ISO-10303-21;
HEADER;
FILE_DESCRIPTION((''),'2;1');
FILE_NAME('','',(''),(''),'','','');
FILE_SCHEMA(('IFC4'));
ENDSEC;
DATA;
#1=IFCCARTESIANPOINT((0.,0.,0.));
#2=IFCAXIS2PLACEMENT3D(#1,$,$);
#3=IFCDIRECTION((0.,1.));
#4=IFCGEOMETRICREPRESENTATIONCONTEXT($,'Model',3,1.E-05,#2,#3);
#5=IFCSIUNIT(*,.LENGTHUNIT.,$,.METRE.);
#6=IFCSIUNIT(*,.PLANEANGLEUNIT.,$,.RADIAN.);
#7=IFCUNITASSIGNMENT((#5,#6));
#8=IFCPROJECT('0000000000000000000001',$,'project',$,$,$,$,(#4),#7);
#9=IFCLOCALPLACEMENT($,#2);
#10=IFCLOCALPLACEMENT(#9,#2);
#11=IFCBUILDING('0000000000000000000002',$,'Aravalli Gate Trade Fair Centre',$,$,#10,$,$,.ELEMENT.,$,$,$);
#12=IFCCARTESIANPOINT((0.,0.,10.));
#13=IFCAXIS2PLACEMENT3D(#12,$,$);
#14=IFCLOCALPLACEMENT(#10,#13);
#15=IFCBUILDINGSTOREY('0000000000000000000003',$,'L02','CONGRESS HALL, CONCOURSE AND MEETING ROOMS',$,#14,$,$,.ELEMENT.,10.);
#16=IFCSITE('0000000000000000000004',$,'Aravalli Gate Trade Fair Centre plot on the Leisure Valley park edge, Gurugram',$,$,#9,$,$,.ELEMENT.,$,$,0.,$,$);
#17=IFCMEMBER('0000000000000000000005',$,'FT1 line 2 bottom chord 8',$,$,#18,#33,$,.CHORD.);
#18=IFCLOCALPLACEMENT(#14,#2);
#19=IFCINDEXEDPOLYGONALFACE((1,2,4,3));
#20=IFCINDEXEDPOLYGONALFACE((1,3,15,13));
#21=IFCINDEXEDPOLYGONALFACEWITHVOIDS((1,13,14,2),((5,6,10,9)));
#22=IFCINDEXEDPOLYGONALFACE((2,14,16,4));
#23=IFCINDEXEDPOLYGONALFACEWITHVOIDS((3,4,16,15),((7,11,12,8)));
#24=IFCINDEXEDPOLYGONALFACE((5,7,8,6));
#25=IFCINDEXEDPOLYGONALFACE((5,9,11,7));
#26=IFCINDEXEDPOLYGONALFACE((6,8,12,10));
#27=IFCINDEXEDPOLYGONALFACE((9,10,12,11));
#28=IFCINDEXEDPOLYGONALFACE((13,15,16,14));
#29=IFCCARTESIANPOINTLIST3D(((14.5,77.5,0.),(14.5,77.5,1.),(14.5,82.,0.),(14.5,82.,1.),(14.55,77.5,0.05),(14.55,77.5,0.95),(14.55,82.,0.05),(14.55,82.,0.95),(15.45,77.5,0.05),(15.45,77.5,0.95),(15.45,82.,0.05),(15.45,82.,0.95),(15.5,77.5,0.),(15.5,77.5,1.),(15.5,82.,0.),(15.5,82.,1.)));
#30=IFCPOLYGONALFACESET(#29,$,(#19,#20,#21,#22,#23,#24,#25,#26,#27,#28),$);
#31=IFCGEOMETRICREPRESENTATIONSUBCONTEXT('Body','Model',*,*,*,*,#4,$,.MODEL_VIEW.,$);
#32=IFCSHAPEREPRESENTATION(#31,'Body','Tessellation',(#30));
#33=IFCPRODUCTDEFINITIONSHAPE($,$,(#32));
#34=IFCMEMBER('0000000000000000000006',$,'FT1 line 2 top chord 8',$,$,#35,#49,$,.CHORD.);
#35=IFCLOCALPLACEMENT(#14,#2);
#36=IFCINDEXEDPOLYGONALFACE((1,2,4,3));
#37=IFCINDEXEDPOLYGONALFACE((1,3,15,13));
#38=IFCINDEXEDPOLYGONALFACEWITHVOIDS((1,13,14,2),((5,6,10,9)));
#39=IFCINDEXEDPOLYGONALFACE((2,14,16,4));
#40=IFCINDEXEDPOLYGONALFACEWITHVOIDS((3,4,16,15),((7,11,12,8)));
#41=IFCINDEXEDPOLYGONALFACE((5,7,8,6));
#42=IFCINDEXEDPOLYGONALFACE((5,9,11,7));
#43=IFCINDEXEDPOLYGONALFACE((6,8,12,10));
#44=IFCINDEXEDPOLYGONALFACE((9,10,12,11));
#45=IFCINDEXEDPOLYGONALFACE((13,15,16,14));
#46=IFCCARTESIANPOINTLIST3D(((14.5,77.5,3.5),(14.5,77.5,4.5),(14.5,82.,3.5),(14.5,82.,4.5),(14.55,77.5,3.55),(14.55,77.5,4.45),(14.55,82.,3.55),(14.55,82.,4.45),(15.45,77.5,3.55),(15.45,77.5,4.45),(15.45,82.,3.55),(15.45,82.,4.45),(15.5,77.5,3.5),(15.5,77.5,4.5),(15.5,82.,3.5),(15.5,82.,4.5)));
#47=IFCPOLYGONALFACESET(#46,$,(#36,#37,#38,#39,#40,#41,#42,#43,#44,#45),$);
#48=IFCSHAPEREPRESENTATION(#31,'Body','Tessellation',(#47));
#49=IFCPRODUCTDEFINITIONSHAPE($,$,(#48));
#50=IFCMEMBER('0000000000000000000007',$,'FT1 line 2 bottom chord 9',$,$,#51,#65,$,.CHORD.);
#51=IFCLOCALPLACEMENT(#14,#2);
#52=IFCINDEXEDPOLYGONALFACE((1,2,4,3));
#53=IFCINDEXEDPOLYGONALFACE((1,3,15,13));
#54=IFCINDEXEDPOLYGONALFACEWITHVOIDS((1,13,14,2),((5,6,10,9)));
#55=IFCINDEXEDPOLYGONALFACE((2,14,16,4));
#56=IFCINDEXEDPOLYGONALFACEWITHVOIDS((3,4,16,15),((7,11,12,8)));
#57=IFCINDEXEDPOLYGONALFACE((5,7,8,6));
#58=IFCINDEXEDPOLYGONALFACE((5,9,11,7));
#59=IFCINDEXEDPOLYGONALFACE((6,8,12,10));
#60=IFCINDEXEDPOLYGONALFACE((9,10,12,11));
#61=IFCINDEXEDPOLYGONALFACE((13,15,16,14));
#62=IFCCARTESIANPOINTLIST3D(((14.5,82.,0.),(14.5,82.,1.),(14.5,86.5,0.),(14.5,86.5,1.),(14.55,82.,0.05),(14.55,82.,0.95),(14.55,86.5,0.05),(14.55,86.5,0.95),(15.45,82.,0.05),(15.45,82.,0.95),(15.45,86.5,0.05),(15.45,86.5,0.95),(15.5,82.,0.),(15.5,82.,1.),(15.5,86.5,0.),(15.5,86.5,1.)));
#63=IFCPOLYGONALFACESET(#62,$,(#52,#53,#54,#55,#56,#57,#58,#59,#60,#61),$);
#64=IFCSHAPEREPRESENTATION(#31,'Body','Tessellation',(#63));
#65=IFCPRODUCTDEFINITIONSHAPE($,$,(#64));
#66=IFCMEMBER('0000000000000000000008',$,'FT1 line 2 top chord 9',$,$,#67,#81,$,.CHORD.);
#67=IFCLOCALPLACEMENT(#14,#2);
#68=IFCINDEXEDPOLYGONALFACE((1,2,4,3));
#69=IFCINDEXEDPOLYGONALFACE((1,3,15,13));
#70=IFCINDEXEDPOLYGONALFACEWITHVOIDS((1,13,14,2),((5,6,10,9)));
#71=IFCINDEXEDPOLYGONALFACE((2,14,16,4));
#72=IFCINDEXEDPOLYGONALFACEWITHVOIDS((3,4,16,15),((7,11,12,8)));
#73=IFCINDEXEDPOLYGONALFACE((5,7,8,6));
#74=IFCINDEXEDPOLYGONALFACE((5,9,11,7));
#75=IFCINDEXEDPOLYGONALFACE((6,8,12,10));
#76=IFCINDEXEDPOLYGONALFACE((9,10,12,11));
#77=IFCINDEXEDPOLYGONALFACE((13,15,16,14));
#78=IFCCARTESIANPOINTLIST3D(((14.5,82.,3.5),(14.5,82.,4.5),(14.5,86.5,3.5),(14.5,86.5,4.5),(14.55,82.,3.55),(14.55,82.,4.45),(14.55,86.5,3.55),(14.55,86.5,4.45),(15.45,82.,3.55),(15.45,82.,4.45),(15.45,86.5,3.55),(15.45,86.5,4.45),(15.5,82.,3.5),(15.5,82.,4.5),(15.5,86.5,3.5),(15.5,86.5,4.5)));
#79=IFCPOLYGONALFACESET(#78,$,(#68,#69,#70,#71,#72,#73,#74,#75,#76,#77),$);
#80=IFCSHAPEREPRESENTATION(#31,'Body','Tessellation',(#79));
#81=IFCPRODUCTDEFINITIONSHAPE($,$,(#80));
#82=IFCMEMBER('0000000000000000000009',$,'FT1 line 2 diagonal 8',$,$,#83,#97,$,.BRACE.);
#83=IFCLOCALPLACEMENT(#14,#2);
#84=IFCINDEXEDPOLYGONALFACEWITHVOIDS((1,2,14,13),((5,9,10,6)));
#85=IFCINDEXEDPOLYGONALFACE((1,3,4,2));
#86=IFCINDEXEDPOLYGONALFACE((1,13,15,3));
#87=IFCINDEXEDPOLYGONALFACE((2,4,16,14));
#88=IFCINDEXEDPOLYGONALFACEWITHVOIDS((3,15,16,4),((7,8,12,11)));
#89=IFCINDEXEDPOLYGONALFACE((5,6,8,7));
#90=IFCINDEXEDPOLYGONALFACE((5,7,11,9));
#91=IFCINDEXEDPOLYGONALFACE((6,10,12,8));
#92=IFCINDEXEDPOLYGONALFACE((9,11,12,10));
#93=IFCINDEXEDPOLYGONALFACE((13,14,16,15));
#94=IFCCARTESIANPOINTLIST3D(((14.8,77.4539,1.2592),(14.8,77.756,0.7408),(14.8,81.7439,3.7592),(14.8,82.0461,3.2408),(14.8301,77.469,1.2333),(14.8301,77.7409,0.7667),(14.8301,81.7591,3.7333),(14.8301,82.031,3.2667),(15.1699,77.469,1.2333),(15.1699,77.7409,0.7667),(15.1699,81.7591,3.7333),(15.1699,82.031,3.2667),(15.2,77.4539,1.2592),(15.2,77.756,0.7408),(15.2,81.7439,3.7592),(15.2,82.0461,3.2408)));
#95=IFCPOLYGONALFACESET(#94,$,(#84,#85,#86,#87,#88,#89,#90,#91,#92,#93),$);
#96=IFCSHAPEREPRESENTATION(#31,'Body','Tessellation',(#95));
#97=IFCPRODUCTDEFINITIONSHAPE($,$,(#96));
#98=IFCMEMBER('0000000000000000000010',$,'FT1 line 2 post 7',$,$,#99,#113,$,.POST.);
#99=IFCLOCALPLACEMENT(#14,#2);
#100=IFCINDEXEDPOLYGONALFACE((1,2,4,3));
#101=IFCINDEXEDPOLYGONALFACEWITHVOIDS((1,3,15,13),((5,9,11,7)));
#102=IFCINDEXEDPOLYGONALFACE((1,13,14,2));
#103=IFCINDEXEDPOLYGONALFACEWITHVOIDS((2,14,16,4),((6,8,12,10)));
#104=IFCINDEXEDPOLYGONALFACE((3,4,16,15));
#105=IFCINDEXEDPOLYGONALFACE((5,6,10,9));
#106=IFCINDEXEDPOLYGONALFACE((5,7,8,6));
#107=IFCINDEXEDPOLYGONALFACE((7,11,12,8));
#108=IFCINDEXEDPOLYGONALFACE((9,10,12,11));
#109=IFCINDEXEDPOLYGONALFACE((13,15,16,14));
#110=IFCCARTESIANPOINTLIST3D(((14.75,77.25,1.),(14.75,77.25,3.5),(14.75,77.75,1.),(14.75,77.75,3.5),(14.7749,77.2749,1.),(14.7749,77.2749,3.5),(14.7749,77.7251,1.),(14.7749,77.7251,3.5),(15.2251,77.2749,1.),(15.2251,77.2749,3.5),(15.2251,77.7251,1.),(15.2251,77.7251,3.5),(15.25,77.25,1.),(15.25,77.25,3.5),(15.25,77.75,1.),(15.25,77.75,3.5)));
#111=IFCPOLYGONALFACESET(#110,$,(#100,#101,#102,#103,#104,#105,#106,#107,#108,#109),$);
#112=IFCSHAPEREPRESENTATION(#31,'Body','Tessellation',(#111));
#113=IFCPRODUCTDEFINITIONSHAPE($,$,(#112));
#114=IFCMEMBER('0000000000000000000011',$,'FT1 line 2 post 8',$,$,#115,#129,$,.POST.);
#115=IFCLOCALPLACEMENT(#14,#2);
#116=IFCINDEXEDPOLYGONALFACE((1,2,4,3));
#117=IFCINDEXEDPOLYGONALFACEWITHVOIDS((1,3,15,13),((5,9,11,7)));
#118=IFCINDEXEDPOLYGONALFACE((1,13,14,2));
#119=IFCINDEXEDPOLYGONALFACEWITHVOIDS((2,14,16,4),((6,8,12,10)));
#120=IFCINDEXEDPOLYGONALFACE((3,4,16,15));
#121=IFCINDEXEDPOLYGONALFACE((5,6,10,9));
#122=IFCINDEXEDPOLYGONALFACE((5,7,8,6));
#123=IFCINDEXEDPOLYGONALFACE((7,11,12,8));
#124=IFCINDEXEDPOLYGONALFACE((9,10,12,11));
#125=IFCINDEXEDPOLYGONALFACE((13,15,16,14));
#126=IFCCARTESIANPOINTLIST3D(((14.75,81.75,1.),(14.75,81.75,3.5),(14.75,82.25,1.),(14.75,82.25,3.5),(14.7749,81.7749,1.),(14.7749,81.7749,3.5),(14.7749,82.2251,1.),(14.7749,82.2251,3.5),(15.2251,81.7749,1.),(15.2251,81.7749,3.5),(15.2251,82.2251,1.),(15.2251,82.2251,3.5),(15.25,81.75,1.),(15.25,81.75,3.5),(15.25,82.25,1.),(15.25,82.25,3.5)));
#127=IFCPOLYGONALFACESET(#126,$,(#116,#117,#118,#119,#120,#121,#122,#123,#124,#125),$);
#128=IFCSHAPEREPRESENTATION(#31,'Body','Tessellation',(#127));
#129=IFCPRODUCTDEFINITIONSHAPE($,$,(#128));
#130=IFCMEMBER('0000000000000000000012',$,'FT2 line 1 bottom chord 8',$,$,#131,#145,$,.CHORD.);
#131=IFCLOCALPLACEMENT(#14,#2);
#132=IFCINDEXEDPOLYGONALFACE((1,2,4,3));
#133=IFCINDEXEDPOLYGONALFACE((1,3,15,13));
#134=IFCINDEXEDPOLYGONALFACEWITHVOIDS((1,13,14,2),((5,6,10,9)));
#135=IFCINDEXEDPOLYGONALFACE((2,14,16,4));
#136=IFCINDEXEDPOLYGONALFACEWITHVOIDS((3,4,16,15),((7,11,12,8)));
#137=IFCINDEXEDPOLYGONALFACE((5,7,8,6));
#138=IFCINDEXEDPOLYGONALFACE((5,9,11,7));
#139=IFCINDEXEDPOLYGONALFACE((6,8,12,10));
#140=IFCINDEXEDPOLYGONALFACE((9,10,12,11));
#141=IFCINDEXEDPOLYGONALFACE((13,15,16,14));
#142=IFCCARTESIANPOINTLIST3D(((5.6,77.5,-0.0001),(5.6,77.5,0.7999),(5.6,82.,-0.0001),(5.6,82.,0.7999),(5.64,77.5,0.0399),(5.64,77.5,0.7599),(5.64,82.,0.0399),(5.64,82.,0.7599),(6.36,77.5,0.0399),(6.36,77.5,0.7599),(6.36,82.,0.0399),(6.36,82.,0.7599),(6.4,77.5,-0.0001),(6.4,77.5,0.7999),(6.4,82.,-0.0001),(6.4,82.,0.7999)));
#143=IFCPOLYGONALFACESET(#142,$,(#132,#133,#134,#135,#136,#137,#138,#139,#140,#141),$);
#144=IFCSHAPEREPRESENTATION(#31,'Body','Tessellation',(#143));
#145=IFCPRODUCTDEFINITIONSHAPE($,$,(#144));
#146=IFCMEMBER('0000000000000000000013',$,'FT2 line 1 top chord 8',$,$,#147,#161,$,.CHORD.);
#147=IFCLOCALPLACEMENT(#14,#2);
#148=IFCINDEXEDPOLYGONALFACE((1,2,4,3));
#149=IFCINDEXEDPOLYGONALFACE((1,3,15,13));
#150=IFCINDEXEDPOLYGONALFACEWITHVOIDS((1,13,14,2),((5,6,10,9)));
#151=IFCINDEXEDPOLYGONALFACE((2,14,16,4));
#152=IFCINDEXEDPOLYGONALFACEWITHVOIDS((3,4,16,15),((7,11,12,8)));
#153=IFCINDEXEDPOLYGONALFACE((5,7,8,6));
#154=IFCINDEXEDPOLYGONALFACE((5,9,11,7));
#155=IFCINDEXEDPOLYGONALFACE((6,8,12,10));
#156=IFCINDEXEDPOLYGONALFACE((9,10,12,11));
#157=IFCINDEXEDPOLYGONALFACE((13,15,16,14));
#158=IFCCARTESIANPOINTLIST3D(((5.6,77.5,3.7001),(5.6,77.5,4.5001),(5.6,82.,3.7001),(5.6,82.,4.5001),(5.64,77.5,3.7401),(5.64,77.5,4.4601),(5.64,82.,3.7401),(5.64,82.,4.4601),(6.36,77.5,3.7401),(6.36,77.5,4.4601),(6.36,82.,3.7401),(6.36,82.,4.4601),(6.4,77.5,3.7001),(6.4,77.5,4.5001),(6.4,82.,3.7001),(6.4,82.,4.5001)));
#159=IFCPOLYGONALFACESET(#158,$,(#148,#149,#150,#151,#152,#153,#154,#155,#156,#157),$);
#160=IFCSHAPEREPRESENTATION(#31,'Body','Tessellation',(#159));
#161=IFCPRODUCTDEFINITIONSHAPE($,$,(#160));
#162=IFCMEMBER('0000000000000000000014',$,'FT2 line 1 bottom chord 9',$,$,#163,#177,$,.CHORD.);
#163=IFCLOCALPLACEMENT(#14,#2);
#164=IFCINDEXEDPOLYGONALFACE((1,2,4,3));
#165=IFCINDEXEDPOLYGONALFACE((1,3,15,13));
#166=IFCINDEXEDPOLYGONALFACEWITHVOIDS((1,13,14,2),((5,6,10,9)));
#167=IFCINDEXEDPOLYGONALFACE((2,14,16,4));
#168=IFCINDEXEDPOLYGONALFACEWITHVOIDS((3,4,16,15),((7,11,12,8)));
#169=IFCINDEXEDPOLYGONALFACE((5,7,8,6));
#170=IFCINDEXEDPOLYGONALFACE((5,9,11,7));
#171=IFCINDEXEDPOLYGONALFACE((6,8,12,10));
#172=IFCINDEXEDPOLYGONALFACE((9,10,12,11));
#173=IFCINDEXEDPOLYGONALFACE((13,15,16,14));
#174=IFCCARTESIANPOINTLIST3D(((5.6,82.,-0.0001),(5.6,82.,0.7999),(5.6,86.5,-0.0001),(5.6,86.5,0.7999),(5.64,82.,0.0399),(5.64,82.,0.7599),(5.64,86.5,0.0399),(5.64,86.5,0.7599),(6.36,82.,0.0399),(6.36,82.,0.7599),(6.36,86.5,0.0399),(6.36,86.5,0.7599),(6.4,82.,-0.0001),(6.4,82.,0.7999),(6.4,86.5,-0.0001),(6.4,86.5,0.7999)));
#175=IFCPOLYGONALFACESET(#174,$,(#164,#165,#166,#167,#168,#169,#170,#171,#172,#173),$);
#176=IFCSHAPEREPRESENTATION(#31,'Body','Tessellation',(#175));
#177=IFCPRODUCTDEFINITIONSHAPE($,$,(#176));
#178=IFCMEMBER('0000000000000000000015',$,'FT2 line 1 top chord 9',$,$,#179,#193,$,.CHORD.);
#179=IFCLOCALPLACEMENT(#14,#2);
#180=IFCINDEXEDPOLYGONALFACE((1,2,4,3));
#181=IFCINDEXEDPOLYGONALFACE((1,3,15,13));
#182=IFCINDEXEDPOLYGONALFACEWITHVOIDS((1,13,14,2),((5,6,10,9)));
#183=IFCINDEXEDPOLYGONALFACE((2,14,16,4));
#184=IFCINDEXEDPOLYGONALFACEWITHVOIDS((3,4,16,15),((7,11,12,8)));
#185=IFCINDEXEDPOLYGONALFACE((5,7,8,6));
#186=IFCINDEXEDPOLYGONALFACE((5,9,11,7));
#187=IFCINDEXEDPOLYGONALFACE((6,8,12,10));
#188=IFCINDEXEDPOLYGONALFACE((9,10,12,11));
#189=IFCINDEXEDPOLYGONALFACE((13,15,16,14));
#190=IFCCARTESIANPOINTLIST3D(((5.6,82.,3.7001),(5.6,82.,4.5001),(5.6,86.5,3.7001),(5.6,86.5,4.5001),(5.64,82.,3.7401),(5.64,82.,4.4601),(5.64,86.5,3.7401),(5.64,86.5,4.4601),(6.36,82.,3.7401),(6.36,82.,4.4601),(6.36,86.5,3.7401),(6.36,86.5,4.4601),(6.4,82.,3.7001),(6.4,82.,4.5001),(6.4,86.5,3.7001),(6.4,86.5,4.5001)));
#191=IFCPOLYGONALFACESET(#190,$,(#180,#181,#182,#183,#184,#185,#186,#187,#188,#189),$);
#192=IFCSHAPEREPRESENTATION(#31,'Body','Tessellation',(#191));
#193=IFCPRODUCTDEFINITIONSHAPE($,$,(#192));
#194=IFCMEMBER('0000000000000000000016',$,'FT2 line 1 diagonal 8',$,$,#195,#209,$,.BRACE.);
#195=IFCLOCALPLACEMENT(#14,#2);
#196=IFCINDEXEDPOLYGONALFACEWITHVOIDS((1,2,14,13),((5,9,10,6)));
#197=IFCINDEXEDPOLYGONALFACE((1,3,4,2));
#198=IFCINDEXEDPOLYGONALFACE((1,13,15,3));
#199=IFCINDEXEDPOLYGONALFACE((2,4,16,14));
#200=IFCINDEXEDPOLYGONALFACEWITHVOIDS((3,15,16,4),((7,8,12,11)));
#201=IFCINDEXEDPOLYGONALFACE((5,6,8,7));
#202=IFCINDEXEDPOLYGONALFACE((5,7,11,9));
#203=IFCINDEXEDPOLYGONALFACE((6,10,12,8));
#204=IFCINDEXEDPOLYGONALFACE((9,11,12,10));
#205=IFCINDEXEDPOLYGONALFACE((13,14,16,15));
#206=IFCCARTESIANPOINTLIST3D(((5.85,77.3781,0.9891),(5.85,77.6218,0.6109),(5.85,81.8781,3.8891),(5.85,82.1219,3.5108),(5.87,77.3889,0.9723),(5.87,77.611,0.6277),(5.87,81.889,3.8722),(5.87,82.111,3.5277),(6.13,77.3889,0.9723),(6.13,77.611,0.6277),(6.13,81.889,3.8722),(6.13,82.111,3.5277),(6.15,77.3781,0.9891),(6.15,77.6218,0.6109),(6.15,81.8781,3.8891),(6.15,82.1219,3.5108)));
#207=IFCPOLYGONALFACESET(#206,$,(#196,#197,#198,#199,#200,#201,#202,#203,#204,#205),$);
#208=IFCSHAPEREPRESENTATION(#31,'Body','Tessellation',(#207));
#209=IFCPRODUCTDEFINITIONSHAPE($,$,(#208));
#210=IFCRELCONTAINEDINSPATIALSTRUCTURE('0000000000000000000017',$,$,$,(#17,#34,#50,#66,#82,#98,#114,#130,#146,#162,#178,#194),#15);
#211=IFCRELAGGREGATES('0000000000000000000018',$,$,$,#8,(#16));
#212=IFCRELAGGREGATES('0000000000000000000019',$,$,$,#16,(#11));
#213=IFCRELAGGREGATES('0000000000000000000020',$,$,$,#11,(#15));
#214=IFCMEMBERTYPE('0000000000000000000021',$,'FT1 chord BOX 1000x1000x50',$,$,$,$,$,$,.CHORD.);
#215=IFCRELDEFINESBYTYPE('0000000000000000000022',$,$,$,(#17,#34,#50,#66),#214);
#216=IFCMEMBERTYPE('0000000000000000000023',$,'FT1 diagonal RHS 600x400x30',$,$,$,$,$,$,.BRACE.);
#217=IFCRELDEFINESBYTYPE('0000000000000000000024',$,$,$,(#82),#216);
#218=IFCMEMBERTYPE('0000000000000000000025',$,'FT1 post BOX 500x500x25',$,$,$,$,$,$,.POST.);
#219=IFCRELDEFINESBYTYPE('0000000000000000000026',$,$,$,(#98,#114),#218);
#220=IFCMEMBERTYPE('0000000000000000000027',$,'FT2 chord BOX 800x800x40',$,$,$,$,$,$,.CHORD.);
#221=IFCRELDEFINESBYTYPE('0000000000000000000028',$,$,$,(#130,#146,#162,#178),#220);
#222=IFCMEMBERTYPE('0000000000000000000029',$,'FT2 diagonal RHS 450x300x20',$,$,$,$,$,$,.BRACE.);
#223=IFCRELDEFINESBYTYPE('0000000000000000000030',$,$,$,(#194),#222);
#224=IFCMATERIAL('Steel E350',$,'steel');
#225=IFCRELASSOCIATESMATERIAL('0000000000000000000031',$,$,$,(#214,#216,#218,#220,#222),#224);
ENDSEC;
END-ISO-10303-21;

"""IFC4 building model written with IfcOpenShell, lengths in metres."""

from ifc_helpers import new_model, si_unit, direction, frame, origin, origin_2d, place, context, subcontext, project, spatial, hollow_rectangle, extrude, material, material_profile, profile_set, type_object, element, save


model = new_model("IFC4")

# Units and contexts
model_context = context("Model", 3, precision=1e-05, world=origin(), true_north=direction((0.0, 1.0)))
body_context = subcontext(model_context, "Body", "Model", "MODEL_VIEW")
ifc_project = project(units=[si_unit("LENGTHUNIT", "METRE"), si_unit("PLANEANGLEUNIT", "RADIAN")], contexts=[model_context])

# Site, building, storey
site_placement = place(None, origin())
site = spatial("IfcSite", under=ifc_project, at=site_placement, Name="Aravalli Gate Trade Fair Centre plot on the Leisure Valley park edge, Gurugram", CompositionType="ELEMENT", RefElevation=0.0)
building_placement = place(site_placement, origin())
building = spatial("IfcBuilding", under=site, at=building_placement, Name="Aravalli Gate Trade Fair Centre", CompositionType="ELEMENT")
storey_placement = place(building_placement, frame((0.0, 0.0, 10.0)))
storey = spatial("IfcBuildingStorey", under=building, at=storey_placement, Name="L02", Description="CONGRESS HALL, CONCOURSE AND MEETING ROOMS", CompositionType="ELEMENT", Elevation=10.0)

# Members
ifc_material_1 = material(Name="Steel E350", Category="steel")
ifc_material_profile_1 = material_profile(ifc_material_1, hollow_rectangle(XDim=1.0, YDim=1.0, WallThickness=0.05, at=origin_2d()), Name="BOX 1000x1000x50")
ifc_profile_set_1 = profile_set([ifc_material_profile_1], Name="Steel E350")
member_type_1 = type_object("IfcMemberType", Name="FT1 chord BOX 1000x1000x50", PredefinedType="CHORD", material=ifc_profile_set_1)
for number, where, z_axis, x_axis, name in (
    (1, (15.0, 77.5, 0.5), (0.0, 1.0, 0.0), (-1.0, 0.0, 0.0), "FT1 line 2 bottom chord 8"),
    (2, (15.0, 77.5, 4.0), (0.0, 1.0, 0.0), (-1.0, 0.0, 0.0), "FT1 line 2 top chord 8"),
    (3, (15.0, 82.0, 0.5), (0.0, 1.0, 0.0), (-1.0, 0.0, 0.0), "FT1 line 2 bottom chord 9"),
    (4, (15.0, 82.0, 4.0), (0.0, 1.0, 0.0), (-1.0, 0.0, 0.0), "FT1 line 2 top chord 9"),
):
    element("IfcMember", number, at=place(storey_placement, frame(where, z_axis=z_axis, x_axis=x_axis)), inside=storey, type_object=member_type_1, Name=name, PredefinedType="CHORD", context=body_context, shape_type="SweptSolid", body=[
        extrude(hollow_rectangle(XDim=1.0, YDim=1.0, WallThickness=0.05, at=origin_2d()), origin(), (0.0, 0.0, 1.0), 4.5),
    ])
ifc_material_profile_2 = material_profile(ifc_material_1, hollow_rectangle(XDim=0.3999, YDim=0.6001, WallThickness=0.03, at=origin_2d()), Name="RHS 600x400x30")
ifc_profile_set_2 = profile_set([ifc_material_profile_2], Name="Steel E350")
member_type_2 = type_object("IfcMemberType", Name="FT1 diagonal RHS 600x400x30", PredefinedType="BRACE", material=ifc_profile_set_2)
member_1_placement = place(storey_placement, frame((15.0, 81.895, 3.5), z_axis=(0.0, -0.864, -0.503492), x_axis=(1.0, 0.0, 0.0)))
element("IfcMember", 5, at=member_1_placement, inside=storey, type_object=member_type_2, Name="FT1 line 2 diagonal 8", PredefinedType="BRACE", context=body_context, shape_type="SweptSolid", body=[
    extrude(hollow_rectangle(XDim=0.3999, YDim=0.6001, WallThickness=0.03, at=origin_2d()), origin(), (0.0, 0.0, 1.0), 4.9653),
])
ifc_material_profile_3 = material_profile(ifc_material_1, hollow_rectangle(XDim=0.5, YDim=0.5, WallThickness=0.0249, at=origin_2d()), Name="BOX 500x500x25")
ifc_profile_set_3 = profile_set([ifc_material_profile_3], Name="Steel E350")
member_type_3 = type_object("IfcMemberType", Name="FT1 post BOX 500x500x25", PredefinedType="POST", material=ifc_profile_set_3)
for number, where, z_axis, x_axis, name in (
    (6, (15.0, 77.5, 1.0), (0.0, 0.0, 1.0), (1.0, 0.0, 0.0), "FT1 line 2 post 7"),
    (7, (15.0, 82.0, 1.0), (0.0, 0.0, 1.0), (1.0, 0.0, 0.0), "FT1 line 2 post 8"),
):
    element("IfcMember", number, at=place(storey_placement, frame(where, z_axis=z_axis, x_axis=x_axis)), inside=storey, type_object=member_type_3, Name=name, PredefinedType="POST", context=body_context, shape_type="SweptSolid", body=[
        extrude(hollow_rectangle(XDim=0.5, YDim=0.5, WallThickness=0.0249, at=origin_2d()), origin(), (0.0, 0.0, 1.0), 2.5),
    ])
ifc_material_profile_4 = material_profile(ifc_material_1, hollow_rectangle(XDim=0.8, YDim=0.8, WallThickness=0.04, at=origin_2d()), Name="BOX 800x800x40")
ifc_profile_set_4 = profile_set([ifc_material_profile_4], Name="Steel E350")
member_type_4 = type_object("IfcMemberType", Name="FT2 chord BOX 800x800x40", PredefinedType="CHORD", material=ifc_profile_set_4)
for number, where, z_axis, x_axis, name in (
    (8, (6.0, 77.5, 0.3999), (0.0, 1.0, 0.0), (-1.0, 0.0, 0.0), "FT2 line 1 bottom chord 8"),
    (9, (6.0, 77.5, 4.1001), (0.0, 1.0, 0.0), (-1.0, 0.0, 0.0), "FT2 line 1 top chord 8"),
    (10, (6.0, 82.0, 0.3999), (0.0, 1.0, 0.0), (-1.0, 0.0, 0.0), "FT2 line 1 bottom chord 9"),
    (11, (6.0, 82.0, 4.1001), (0.0, 1.0, 0.0), (-1.0, 0.0, 0.0), "FT2 line 1 top chord 9"),
):
    element("IfcMember", number, at=place(storey_placement, frame(where, z_axis=z_axis, x_axis=x_axis)), inside=storey, type_object=member_type_4, Name=name, PredefinedType="CHORD", context=body_context, shape_type="SweptSolid", body=[
        extrude(hollow_rectangle(XDim=0.8, YDim=0.8, WallThickness=0.04, at=origin_2d()), origin(), (0.0, 0.0, 1.0), 4.5),
    ])
ifc_material_profile_5 = material_profile(ifc_material_1, hollow_rectangle(XDim=0.3, YDim=0.45, WallThickness=0.02, at=origin_2d()), Name="RHS 450x300x20")
ifc_profile_set_5 = profile_set([ifc_material_profile_5], Name="Steel E350")
member_type_5 = type_object("IfcMemberType", Name="FT2 diagonal RHS 450x300x20", PredefinedType="BRACE", material=ifc_profile_set_5)
member_2_placement = place(storey_placement, frame((6.0, 82.0, 3.7), z_axis=(0.0, -0.840579, -0.541688), x_axis=(1.0, 0.0, 0.0)))
element("IfcMember", 12, at=member_2_placement, inside=storey, type_object=member_type_5, Name="FT2 line 1 diagonal 8", PredefinedType="BRACE", context=body_context, shape_type="SweptSolid", body=[
    extrude(hollow_rectangle(XDim=0.3, YDim=0.45, WallThickness=0.02, at=origin_2d()), origin(), (0.0, 0.0, 1.0), 5.3535),
])

save(model, "model.ifc")
